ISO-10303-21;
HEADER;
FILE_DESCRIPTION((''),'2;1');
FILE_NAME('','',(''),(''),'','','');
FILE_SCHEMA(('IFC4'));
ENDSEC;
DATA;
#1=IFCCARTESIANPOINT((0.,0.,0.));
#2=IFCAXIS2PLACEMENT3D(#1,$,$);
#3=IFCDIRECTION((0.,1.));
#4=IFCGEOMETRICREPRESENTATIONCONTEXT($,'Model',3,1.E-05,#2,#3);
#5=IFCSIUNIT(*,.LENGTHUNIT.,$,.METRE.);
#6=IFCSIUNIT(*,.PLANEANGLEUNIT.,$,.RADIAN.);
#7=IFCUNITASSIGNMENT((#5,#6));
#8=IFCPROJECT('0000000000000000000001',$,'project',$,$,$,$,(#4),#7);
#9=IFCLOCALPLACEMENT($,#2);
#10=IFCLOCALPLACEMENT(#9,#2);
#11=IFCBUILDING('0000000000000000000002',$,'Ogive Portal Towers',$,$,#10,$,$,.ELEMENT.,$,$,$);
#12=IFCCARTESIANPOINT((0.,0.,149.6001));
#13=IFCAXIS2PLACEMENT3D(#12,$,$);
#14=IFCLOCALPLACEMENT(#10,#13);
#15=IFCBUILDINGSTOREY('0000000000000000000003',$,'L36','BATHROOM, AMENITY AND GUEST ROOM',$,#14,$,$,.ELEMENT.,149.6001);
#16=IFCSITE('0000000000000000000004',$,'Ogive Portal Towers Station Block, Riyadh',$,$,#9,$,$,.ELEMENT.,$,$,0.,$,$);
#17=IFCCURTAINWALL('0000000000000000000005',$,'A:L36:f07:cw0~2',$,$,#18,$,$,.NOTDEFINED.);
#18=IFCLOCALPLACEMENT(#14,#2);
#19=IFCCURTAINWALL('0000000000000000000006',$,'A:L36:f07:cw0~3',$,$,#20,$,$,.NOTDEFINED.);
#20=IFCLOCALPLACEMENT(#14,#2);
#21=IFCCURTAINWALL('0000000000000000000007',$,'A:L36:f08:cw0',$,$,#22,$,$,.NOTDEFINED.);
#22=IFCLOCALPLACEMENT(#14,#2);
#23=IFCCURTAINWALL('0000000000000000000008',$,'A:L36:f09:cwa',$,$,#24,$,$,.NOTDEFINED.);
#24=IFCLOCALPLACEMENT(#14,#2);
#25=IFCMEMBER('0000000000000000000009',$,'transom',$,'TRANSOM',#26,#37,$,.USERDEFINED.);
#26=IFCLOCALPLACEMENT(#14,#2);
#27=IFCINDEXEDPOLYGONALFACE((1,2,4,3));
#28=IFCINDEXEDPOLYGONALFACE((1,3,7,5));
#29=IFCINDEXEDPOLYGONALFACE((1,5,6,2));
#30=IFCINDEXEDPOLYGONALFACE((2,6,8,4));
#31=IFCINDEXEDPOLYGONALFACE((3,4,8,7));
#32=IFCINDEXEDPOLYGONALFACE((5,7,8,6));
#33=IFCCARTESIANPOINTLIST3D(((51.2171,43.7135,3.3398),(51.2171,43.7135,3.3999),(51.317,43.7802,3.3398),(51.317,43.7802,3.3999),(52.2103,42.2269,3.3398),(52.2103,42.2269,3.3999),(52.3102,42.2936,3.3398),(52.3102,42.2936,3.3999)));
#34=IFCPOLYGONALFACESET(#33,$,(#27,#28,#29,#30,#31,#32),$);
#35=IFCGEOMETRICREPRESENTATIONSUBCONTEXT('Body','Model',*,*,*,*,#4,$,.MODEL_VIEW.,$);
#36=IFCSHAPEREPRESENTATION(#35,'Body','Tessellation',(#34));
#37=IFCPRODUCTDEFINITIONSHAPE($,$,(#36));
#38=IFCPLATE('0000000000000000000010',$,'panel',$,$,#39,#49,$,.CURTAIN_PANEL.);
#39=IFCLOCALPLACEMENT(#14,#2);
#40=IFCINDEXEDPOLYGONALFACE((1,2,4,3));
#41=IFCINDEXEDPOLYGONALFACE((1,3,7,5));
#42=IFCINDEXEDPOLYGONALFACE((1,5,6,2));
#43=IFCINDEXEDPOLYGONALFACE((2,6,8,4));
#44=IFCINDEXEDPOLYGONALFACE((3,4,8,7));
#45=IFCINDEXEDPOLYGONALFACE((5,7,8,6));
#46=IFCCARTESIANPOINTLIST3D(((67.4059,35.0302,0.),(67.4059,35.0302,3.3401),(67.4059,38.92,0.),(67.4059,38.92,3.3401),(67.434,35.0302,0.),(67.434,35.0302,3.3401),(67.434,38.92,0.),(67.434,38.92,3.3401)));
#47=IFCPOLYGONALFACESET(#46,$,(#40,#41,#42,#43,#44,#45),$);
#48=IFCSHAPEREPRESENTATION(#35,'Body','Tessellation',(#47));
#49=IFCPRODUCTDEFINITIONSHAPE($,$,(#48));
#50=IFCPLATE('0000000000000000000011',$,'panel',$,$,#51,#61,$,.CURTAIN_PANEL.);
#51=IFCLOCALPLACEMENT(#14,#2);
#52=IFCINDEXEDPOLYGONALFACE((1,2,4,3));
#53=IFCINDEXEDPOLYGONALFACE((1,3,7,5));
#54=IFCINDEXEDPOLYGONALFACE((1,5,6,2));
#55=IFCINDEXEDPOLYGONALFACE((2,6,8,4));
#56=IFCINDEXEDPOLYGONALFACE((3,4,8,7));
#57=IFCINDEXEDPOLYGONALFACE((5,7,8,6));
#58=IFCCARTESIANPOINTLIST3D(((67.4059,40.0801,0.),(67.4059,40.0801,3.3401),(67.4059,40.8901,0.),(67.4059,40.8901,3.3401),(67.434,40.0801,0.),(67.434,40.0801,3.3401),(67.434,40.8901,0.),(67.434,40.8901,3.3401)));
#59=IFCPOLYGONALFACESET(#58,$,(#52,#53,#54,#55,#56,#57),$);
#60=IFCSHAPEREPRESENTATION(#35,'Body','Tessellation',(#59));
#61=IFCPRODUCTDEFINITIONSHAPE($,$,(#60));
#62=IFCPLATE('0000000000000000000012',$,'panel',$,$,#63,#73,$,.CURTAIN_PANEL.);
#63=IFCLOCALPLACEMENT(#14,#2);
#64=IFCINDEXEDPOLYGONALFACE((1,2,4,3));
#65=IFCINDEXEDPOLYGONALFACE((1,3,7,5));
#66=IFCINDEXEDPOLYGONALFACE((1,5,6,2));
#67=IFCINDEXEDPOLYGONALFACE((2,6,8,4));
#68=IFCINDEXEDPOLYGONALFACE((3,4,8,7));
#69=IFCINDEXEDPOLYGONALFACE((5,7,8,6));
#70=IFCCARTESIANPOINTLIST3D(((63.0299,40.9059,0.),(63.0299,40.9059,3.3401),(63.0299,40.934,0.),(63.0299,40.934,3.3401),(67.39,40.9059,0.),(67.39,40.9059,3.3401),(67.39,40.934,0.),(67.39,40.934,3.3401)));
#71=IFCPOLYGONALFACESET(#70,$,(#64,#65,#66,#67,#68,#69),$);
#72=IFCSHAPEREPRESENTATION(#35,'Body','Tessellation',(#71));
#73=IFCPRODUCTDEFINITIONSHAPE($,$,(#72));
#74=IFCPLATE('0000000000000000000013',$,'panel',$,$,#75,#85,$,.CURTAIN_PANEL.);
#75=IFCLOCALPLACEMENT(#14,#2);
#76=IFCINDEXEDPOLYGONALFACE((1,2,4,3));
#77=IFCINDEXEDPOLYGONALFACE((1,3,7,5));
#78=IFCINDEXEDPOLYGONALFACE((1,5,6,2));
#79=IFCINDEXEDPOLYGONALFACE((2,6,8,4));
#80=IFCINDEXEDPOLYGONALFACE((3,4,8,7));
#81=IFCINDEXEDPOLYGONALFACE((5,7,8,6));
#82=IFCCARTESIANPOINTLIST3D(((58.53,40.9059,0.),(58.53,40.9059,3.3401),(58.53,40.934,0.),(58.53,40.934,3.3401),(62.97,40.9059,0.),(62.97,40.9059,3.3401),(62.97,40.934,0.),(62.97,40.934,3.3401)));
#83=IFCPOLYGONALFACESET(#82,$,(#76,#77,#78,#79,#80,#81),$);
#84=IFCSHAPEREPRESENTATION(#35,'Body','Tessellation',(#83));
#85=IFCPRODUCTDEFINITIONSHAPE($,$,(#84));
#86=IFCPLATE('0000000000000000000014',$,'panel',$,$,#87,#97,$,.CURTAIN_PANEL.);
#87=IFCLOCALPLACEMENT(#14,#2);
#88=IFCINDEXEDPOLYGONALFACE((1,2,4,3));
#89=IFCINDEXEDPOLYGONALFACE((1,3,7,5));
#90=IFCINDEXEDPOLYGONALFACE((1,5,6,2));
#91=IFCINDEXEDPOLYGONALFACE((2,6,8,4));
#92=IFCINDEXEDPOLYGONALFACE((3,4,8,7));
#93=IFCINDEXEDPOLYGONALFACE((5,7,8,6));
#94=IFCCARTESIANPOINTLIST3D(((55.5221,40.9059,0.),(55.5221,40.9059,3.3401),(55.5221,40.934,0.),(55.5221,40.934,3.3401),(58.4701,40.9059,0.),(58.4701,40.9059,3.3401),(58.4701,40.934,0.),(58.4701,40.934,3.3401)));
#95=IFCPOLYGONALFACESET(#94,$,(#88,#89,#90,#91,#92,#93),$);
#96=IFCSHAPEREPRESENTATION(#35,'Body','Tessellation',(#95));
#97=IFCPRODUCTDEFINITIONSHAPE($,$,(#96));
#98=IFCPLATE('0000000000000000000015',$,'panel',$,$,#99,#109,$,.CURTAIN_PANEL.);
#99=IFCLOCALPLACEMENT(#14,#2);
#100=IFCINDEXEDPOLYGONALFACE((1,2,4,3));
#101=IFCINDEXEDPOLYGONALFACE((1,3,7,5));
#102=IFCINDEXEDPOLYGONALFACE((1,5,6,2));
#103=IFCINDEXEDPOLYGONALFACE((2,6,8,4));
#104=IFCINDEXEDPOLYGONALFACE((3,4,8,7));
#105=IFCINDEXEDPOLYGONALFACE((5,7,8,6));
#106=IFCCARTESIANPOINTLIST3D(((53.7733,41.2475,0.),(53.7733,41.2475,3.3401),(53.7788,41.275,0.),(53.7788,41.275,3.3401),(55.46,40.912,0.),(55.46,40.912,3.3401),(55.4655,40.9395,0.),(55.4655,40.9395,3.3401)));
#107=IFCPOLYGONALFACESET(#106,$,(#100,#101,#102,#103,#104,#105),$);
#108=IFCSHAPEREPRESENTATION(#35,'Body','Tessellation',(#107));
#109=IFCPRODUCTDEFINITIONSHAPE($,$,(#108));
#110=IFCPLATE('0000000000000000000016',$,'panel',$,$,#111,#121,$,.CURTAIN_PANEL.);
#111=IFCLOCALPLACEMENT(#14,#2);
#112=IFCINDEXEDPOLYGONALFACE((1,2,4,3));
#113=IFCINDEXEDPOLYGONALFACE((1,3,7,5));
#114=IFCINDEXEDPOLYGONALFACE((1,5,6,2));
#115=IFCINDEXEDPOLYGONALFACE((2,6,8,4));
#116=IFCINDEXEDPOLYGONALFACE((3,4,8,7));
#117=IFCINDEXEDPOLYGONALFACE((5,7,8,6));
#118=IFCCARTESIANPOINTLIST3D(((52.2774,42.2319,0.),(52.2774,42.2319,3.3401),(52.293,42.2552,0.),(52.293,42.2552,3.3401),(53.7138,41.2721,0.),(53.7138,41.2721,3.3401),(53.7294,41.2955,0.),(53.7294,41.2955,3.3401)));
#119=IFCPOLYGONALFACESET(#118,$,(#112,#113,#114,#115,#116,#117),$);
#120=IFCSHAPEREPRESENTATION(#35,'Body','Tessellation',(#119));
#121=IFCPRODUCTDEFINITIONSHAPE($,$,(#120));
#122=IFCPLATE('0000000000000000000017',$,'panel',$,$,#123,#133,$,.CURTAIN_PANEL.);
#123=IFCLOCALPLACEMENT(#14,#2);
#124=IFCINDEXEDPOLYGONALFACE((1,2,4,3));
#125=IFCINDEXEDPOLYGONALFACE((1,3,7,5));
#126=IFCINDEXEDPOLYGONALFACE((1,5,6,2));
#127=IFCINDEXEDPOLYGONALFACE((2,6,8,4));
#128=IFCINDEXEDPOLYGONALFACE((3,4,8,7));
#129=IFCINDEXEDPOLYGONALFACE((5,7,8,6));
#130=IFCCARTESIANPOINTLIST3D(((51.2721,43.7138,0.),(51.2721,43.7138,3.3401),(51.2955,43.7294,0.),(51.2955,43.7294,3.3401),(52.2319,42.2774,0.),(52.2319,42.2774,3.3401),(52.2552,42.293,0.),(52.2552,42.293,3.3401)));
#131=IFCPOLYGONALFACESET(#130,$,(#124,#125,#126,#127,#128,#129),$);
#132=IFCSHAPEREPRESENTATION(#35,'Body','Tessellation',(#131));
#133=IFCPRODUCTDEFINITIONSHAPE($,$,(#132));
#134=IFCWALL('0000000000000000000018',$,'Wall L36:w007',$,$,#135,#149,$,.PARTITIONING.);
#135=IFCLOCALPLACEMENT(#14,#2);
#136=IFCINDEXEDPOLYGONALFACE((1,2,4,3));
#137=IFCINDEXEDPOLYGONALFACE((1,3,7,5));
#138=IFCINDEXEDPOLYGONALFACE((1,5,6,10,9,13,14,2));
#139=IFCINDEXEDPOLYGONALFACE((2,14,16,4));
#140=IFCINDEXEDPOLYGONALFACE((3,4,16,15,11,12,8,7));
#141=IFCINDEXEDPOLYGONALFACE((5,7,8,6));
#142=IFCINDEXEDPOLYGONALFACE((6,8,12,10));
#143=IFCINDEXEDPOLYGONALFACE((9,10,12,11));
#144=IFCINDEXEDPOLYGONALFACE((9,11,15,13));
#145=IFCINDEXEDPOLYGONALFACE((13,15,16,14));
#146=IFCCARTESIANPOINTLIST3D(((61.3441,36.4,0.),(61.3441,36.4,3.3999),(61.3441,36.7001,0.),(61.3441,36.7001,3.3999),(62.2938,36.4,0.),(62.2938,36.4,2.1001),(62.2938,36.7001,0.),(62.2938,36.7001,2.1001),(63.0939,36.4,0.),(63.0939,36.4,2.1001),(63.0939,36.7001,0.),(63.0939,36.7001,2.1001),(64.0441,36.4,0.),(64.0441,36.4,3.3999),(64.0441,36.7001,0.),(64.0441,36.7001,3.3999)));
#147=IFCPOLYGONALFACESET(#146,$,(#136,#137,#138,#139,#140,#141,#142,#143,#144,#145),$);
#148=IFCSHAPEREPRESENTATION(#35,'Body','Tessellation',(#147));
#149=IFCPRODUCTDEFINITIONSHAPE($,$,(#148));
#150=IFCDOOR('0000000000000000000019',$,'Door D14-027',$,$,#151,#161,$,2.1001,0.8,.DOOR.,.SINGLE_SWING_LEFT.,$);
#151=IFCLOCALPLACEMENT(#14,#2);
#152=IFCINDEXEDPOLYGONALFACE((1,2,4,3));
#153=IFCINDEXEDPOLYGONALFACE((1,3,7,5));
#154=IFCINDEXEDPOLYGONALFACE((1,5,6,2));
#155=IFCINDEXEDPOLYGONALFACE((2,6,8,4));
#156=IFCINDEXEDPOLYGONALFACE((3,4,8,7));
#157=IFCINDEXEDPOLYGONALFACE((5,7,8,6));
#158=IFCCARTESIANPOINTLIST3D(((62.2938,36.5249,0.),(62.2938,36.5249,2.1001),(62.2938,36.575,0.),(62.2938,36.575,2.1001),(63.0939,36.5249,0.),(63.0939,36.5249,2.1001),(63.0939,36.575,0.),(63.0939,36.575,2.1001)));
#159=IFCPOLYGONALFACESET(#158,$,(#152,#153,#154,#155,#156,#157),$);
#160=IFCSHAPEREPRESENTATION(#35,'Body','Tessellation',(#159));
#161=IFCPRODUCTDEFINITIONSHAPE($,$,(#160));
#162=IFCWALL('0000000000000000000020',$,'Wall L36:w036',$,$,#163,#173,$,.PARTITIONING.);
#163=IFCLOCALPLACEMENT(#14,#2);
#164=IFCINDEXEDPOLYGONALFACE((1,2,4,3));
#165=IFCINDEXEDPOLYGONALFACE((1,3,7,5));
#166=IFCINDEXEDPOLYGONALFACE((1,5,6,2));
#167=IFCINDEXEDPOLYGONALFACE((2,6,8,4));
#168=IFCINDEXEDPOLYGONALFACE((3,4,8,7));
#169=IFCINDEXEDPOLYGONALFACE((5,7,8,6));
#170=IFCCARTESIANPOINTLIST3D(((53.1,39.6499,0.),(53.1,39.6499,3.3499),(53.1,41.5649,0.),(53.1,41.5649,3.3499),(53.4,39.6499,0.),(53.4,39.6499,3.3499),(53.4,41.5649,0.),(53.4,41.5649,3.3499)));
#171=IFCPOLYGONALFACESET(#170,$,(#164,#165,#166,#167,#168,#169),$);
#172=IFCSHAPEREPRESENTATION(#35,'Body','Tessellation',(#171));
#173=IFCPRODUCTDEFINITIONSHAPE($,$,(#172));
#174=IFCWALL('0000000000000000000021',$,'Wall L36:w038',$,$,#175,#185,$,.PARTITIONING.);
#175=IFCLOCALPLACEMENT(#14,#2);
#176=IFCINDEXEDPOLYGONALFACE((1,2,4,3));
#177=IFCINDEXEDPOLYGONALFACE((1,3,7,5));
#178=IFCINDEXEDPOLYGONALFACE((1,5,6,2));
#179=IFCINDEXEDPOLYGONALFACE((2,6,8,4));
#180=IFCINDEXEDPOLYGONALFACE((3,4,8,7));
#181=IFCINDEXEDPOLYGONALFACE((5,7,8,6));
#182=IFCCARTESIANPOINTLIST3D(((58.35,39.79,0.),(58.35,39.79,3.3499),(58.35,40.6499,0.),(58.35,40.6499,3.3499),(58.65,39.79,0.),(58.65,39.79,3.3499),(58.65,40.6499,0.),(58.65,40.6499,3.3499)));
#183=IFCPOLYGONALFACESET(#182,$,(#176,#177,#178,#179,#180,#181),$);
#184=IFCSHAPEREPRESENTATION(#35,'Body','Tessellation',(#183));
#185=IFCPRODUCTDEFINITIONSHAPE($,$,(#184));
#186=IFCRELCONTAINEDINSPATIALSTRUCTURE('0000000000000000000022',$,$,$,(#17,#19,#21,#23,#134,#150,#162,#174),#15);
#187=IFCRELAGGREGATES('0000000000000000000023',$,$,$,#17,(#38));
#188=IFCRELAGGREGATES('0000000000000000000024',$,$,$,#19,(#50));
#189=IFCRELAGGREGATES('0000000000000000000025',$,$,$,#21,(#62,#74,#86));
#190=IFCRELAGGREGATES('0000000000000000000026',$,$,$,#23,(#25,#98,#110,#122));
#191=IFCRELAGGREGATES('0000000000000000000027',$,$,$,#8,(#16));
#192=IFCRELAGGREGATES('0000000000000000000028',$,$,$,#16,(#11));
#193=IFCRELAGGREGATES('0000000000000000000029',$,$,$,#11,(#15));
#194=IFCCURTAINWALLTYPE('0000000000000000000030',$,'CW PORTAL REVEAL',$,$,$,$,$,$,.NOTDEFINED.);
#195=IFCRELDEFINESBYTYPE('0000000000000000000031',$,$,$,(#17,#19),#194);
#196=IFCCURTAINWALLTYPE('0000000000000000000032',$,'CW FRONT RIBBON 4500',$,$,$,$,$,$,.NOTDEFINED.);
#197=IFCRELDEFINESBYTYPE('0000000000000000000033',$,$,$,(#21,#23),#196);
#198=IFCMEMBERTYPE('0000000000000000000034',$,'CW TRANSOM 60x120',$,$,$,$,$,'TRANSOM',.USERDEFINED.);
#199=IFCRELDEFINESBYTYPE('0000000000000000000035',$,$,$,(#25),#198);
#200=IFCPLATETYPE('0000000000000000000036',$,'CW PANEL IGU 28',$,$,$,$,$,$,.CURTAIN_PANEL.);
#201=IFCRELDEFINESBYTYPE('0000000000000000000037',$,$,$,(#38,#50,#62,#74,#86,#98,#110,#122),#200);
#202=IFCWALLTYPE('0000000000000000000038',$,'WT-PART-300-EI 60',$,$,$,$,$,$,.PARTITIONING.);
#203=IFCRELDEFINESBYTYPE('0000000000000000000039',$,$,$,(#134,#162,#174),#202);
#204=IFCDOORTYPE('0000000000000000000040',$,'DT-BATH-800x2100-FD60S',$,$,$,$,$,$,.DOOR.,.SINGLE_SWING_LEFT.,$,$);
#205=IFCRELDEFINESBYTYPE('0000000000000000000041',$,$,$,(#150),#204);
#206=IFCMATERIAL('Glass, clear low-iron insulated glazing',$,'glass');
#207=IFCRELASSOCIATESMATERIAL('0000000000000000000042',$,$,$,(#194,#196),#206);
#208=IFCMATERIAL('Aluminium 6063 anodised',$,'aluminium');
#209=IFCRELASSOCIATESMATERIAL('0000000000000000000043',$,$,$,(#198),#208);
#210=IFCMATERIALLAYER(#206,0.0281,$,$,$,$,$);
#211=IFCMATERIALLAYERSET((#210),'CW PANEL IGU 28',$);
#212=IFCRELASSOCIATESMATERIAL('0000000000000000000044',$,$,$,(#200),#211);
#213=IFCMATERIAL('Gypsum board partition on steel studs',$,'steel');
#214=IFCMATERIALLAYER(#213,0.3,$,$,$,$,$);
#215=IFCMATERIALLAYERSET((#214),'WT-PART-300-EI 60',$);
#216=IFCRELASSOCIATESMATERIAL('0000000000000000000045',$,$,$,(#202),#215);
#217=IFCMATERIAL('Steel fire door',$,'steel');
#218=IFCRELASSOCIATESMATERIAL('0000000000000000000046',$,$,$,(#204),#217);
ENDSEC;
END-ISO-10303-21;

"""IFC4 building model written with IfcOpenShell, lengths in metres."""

from ifc_helpers import new_model, si_unit, direction, frame, frame_2d, origin, origin_2d, place, context, subcontext, project, spatial, rectangle, extrude, material, layer, layer_set, material_profile, profile_set, type_object, element, fill, aggregate, save


model = new_model("IFC4")

# Units and contexts
model_context = context("Model", 3, precision=1e-05, world=origin(), true_north=direction((0.0, 1.0)))
body_context = subcontext(model_context, "Body", "Model", "MODEL_VIEW")
ifc_project = project(units=[si_unit("LENGTHUNIT", "METRE"), si_unit("PLANEANGLEUNIT", "RADIAN")], contexts=[model_context])

# Site, building, storey
site_placement = place(None, origin())
site = spatial("IfcSite", under=ifc_project, at=site_placement, Name="Ogive Portal Towers Station Block, Riyadh", CompositionType="ELEMENT", RefElevation=0.0)
building_placement = place(site_placement, origin())
building = spatial("IfcBuilding", under=site, at=building_placement, Name="Ogive Portal Towers", CompositionType="ELEMENT")
storey_placement = place(building_placement, frame((0.0, 0.0, 149.6001)))
storey = spatial("IfcBuildingStorey", under=building, at=storey_placement, Name="L36", Description="BATHROOM, AMENITY AND GUEST ROOM", CompositionType="ELEMENT", Elevation=149.6001)

# Curtain walls
ifc_material_1 = material(Name="Glass, clear low-iron insulated glazing", Category="glass")
curtain_wall_type_1 = type_object("IfcCurtainWallType", Name="CW PORTAL REVEAL", PredefinedType="NOTDEFINED", material=ifc_material_1)
curtain_wall_1_placement = place(storey_placement, origin())
curtain_wall_1 = element("IfcCurtainWall", 1, at=curtain_wall_1_placement, inside=storey, type_object=curtain_wall_type_1, Name="A:L36:f07:cw0~2", PredefinedType="NOTDEFINED")
ifc_material_2 = material(Name="Aluminium 6063 anodised", Category="aluminium")
curtain_wall_2_placement = place(storey_placement, origin())
curtain_wall_2 = element("IfcCurtainWall", 2, at=curtain_wall_2_placement, inside=storey, type_object=curtain_wall_type_1, Name="A:L36:f07:cw0~3", PredefinedType="NOTDEFINED")
curtain_wall_type_2 = type_object("IfcCurtainWallType", Name="CW FRONT RIBBON 4500", PredefinedType="NOTDEFINED", material=ifc_material_1)
curtain_wall_3_placement = place(storey_placement, origin())
curtain_wall_3 = element("IfcCurtainWall", 3, at=curtain_wall_3_placement, inside=storey, type_object=curtain_wall_type_2, Name="A:L36:f08:cw0", PredefinedType="NOTDEFINED")
curtain_wall_4_placement = place(storey_placement, origin())
curtain_wall_4 = element("IfcCurtainWall", 4, at=curtain_wall_4_placement, inside=storey, type_object=curtain_wall_type_2, Name="A:L36:f09:cwa", PredefinedType="NOTDEFINED")

# Member
ifc_material_profile_1 = material_profile(ifc_material_2, rectangle(XDim=0.1201, YDim=0.0601, at=origin_2d()), Name="AL 120x60")
ifc_profile_set_1 = profile_set([ifc_material_profile_1], Name="Aluminium 6063 anodised")
member_type_1 = type_object("IfcMemberType", Name="CW TRANSOM 60x120", ElementType="TRANSOM", PredefinedType="USERDEFINED", material=ifc_profile_set_1)
member_1_placement = place(storey_placement, frame((52.2603, 42.2603, 3.3699), z_axis=(-0.555519, 0.831504, 0.0), x_axis=(-0.831504, -0.555519, 0.0)))
member_1 = element("IfcMember", 5, at=member_1_placement, type_object=member_type_1, Name="transom", ObjectType="TRANSOM", PredefinedType="USERDEFINED", context=body_context, shape_type="SweptSolid", body=[
    extrude(rectangle(XDim=0.1201, YDim=0.0601, at=origin_2d()), origin(), (0.0, 0.0, 1.0), 1.7878),
])

# Plates
ifc_layer_1 = layer(ifc_material_1, 0.0281)
ifc_layer_set_1 = layer_set([ifc_layer_1], Name="CW PANEL IGU 28")
plate_type = type_object("IfcPlateType", Name="CW PANEL IGU 28", PredefinedType="CURTAIN_PANEL", material=ifc_layer_set_1)
plate_1_placement = place(storey_placement, frame((67.4199, 36.9751, 0.0), z_axis=(0.0, 0.0, 1.0), x_axis=(0.0, 1.0, 0.0)))
plate_1 = element("IfcPlate", 6, at=plate_1_placement, type_object=plate_type, Name="panel", PredefinedType="CURTAIN_PANEL", context=body_context, shape_type="SweptSolid", body=[
    extrude(rectangle(XDim=3.8899, YDim=0.0281, at=origin_2d()), origin(), (0.0, 0.0, 1.0), 3.3401),
])
aggregate(curtain_wall_1, [plate_1])
plate_2_placement = place(storey_placement, frame((67.4199, 40.4851, 0.0), z_axis=(0.0, 0.0, 1.0), x_axis=(0.0, 1.0, 0.0)))
plate_2 = element("IfcPlate", 7, at=plate_2_placement, type_object=plate_type, Name="panel", PredefinedType="CURTAIN_PANEL", context=body_context, shape_type="SweptSolid", body=[
    extrude(rectangle(XDim=0.8101, YDim=0.0281, at=origin_2d()), origin(), (0.0, 0.0, 1.0), 3.3401),
])
aggregate(curtain_wall_2, [plate_2])
plate_3_placement = place(storey_placement, frame((65.21, 40.9199, 0.0), z_axis=(0.0, 0.0, 1.0), x_axis=(-1.0, 0.0, 0.0)))
plate_3 = element("IfcPlate", 8, at=plate_3_placement, type_object=plate_type, Name="panel", PredefinedType="CURTAIN_PANEL", context=body_context, shape_type="SweptSolid", body=[
    extrude(rectangle(XDim=4.3601, YDim=0.0281, at=origin_2d()), origin(), (0.0, 0.0, 1.0), 3.3401),
])
plate_4_placement = place(storey_placement, frame((60.75, 40.9199, 0.0), z_axis=(0.0, 0.0, 1.0), x_axis=(-1.0, 0.0, 0.0)))
plate_4 = element("IfcPlate", 9, at=plate_4_placement, type_object=plate_type, Name="panel", PredefinedType="CURTAIN_PANEL", context=body_context, shape_type="SweptSolid", body=[
    extrude(rectangle(XDim=4.4399, YDim=0.0281, at=origin_2d()), origin(), (0.0, 0.0, 1.0), 3.3401),
])
plate_5_placement = place(storey_placement, frame((56.9961, 40.9199, 0.0), z_axis=(0.0, 0.0, 1.0), x_axis=(-1.0, 0.0, 0.0)))
plate_5 = element("IfcPlate", 10, at=plate_5_placement, type_object=plate_type, Name="panel", PredefinedType="CURTAIN_PANEL", context=body_context, shape_type="SweptSolid", body=[
    extrude(rectangle(XDim=2.948, YDim=0.0281, at=origin_2d()), origin(), (0.0, 0.0, 1.0), 3.3401),
])
aggregate(curtain_wall_3, [plate_3, plate_4, plate_5])
plate_6_placement = place(storey_placement, frame((54.6194, 41.0935, 0.0), z_axis=(0.0, 0.0, 1.0), x_axis=(-0.980785, 0.19509, 0.0)))
plate_6 = element("IfcPlate", 11, at=plate_6_placement, type_object=plate_type, Name="panel", PredefinedType="CURTAIN_PANEL", context=body_context, shape_type="SweptSolid", body=[
    extrude(rectangle(XDim=1.7197, YDim=0.0281, at=origin_2d()), origin(), (0.0, 0.0, 1.0), 3.3401),
])
plate_7_placement = place(storey_placement, frame((53.0034, 41.7637, 0.0), z_axis=(0.0, 0.0, 1.0), x_axis=(-0.83147, 0.55557, 0.0)))
plate_7 = element("IfcPlate", 12, at=plate_7_placement, type_object=plate_type, Name="panel", PredefinedType="CURTAIN_PANEL", context=body_context, shape_type="SweptSolid", body=[
    extrude(rectangle(XDim=1.7275, YDim=0.0281, at=origin_2d()), origin(), (0.0, 0.0, 1.0), 3.3401),
])
plate_8_placement = place(storey_placement, frame((51.7637, 43.0034, 0.0), z_axis=(0.0, 0.0, 1.0), x_axis=(-0.55557, 0.83147, 0.0)))
plate_8 = element("IfcPlate", 13, at=plate_8_placement, type_object=plate_type, Name="panel", PredefinedType="CURTAIN_PANEL", context=body_context, shape_type="SweptSolid", body=[
    extrude(rectangle(XDim=1.7275, YDim=0.0281, at=origin_2d()), origin(), (0.0, 0.0, 1.0), 3.3401),
])
aggregate(curtain_wall_4, [member_1, plate_6, plate_7, plate_8])

# Wall, opening, door
ifc_material_3 = material(Name="Gypsum board partition on steel studs", Category="steel")
ifc_layer_2 = layer(ifc_material_3, 0.3)
ifc_layer_set_2 = layer_set([ifc_layer_2], Name="WT-PART-300-EI 60")
wall_type_1 = type_object("IfcWallType", Name="WT-PART-300-EI 60", PredefinedType="PARTITIONING", material=ifc_layer_set_2)
wall_1_placement = place(storey_placement, frame((61.344, 36.55, 0.0), z_axis=(0.0, 0.0, 1.0), x_axis=(1.0, 0.0, 0.0)))
wall_1 = element("IfcWall", 14, at=wall_1_placement, inside=storey, type_object=wall_type_1, Name="Wall L36:w007", PredefinedType="PARTITIONING", context=body_context, shape_type="SweptSolid", body=[
    extrude(rectangle(XDim=2.7, YDim=0.3, at=frame_2d((1.3501, 0.0))), origin(), (0.0, 0.0, 1.0), 3.3999),
])
opening_1_placement = place(wall_1_placement, frame((0.95, 0.0, 0.0)))
opening_1 = element("IfcOpeningElement", 15, at=opening_1_placement, cuts=wall_1, PredefinedType="OPENING", context=body_context, shape_type="SweptSolid", body=[
    extrude(rectangle(XDim=0.8, YDim=2.1001, at=frame_2d((0.3999, 1.05))), frame((0.0, 0.1602, 0.0), z_axis=(0.0, -1.0, 0.0), x_axis=(1.0, 0.0, 0.0)), (0.0, 0.0, 1.0), 0.3201),
])
ifc_material_4 = material(Name="Steel fire door", Category="steel")
door_type_1 = type_object("IfcDoorType", Name="DT-BATH-800x2100-FD60S", OperationType="SINGLE_SWING_LEFT", PredefinedType="DOOR", material=ifc_material_4)
door_1_placement = place(opening_1_placement, origin())
door_1 = element("IfcDoor", 16, at=door_1_placement, inside=storey, type_object=door_type_1, Name="Door D14-027", OperationType="SINGLE_SWING_LEFT", OverallHeight=2.1001, OverallWidth=0.8, PredefinedType="DOOR", context=body_context, shape_type="SweptSolid", body=[
    extrude(rectangle(XDim=0.8, YDim=2.1001, at=frame_2d((0.3999, 1.05))), frame((0.0, 0.0249, 0.0), z_axis=(0.0, -1.0, 0.0), x_axis=(1.0, 0.0, 0.0)), (0.0, 0.0, 1.0), 0.05),
])
fill(opening_1, door_1)

# Walls
wall_2_placement = place(storey_placement, frame((53.25, 39.6499, 0.0), z_axis=(0.0, 0.0, 1.0), x_axis=(0.0, 1.0, 0.0)))
element("IfcWall", 17, at=wall_2_placement, inside=storey, type_object=wall_type_1, Name="Wall L36:w036", PredefinedType="PARTITIONING", context=body_context, shape_type="SweptSolid", body=[
    extrude(rectangle(XDim=1.915, YDim=0.3, at=frame_2d((0.9575, 0.0))), origin(), (0.0, 0.0, 1.0), 3.3499),
])
wall_3_placement = place(storey_placement, frame((58.5, 39.79, 0.0), z_axis=(0.0, 0.0, 1.0), x_axis=(0.0, 1.0, 0.0)))
element("IfcWall", 18, at=wall_3_placement, inside=storey, type_object=wall_type_1, Name="Wall L36:w038", PredefinedType="PARTITIONING", context=body_context, shape_type="SweptSolid", body=[
    extrude(rectangle(XDim=0.8599, YDim=0.3, at=frame_2d((0.4299, 0.0))), origin(), (0.0, 0.0, 1.0), 3.3499),
])

save(model, "model.ifc")
